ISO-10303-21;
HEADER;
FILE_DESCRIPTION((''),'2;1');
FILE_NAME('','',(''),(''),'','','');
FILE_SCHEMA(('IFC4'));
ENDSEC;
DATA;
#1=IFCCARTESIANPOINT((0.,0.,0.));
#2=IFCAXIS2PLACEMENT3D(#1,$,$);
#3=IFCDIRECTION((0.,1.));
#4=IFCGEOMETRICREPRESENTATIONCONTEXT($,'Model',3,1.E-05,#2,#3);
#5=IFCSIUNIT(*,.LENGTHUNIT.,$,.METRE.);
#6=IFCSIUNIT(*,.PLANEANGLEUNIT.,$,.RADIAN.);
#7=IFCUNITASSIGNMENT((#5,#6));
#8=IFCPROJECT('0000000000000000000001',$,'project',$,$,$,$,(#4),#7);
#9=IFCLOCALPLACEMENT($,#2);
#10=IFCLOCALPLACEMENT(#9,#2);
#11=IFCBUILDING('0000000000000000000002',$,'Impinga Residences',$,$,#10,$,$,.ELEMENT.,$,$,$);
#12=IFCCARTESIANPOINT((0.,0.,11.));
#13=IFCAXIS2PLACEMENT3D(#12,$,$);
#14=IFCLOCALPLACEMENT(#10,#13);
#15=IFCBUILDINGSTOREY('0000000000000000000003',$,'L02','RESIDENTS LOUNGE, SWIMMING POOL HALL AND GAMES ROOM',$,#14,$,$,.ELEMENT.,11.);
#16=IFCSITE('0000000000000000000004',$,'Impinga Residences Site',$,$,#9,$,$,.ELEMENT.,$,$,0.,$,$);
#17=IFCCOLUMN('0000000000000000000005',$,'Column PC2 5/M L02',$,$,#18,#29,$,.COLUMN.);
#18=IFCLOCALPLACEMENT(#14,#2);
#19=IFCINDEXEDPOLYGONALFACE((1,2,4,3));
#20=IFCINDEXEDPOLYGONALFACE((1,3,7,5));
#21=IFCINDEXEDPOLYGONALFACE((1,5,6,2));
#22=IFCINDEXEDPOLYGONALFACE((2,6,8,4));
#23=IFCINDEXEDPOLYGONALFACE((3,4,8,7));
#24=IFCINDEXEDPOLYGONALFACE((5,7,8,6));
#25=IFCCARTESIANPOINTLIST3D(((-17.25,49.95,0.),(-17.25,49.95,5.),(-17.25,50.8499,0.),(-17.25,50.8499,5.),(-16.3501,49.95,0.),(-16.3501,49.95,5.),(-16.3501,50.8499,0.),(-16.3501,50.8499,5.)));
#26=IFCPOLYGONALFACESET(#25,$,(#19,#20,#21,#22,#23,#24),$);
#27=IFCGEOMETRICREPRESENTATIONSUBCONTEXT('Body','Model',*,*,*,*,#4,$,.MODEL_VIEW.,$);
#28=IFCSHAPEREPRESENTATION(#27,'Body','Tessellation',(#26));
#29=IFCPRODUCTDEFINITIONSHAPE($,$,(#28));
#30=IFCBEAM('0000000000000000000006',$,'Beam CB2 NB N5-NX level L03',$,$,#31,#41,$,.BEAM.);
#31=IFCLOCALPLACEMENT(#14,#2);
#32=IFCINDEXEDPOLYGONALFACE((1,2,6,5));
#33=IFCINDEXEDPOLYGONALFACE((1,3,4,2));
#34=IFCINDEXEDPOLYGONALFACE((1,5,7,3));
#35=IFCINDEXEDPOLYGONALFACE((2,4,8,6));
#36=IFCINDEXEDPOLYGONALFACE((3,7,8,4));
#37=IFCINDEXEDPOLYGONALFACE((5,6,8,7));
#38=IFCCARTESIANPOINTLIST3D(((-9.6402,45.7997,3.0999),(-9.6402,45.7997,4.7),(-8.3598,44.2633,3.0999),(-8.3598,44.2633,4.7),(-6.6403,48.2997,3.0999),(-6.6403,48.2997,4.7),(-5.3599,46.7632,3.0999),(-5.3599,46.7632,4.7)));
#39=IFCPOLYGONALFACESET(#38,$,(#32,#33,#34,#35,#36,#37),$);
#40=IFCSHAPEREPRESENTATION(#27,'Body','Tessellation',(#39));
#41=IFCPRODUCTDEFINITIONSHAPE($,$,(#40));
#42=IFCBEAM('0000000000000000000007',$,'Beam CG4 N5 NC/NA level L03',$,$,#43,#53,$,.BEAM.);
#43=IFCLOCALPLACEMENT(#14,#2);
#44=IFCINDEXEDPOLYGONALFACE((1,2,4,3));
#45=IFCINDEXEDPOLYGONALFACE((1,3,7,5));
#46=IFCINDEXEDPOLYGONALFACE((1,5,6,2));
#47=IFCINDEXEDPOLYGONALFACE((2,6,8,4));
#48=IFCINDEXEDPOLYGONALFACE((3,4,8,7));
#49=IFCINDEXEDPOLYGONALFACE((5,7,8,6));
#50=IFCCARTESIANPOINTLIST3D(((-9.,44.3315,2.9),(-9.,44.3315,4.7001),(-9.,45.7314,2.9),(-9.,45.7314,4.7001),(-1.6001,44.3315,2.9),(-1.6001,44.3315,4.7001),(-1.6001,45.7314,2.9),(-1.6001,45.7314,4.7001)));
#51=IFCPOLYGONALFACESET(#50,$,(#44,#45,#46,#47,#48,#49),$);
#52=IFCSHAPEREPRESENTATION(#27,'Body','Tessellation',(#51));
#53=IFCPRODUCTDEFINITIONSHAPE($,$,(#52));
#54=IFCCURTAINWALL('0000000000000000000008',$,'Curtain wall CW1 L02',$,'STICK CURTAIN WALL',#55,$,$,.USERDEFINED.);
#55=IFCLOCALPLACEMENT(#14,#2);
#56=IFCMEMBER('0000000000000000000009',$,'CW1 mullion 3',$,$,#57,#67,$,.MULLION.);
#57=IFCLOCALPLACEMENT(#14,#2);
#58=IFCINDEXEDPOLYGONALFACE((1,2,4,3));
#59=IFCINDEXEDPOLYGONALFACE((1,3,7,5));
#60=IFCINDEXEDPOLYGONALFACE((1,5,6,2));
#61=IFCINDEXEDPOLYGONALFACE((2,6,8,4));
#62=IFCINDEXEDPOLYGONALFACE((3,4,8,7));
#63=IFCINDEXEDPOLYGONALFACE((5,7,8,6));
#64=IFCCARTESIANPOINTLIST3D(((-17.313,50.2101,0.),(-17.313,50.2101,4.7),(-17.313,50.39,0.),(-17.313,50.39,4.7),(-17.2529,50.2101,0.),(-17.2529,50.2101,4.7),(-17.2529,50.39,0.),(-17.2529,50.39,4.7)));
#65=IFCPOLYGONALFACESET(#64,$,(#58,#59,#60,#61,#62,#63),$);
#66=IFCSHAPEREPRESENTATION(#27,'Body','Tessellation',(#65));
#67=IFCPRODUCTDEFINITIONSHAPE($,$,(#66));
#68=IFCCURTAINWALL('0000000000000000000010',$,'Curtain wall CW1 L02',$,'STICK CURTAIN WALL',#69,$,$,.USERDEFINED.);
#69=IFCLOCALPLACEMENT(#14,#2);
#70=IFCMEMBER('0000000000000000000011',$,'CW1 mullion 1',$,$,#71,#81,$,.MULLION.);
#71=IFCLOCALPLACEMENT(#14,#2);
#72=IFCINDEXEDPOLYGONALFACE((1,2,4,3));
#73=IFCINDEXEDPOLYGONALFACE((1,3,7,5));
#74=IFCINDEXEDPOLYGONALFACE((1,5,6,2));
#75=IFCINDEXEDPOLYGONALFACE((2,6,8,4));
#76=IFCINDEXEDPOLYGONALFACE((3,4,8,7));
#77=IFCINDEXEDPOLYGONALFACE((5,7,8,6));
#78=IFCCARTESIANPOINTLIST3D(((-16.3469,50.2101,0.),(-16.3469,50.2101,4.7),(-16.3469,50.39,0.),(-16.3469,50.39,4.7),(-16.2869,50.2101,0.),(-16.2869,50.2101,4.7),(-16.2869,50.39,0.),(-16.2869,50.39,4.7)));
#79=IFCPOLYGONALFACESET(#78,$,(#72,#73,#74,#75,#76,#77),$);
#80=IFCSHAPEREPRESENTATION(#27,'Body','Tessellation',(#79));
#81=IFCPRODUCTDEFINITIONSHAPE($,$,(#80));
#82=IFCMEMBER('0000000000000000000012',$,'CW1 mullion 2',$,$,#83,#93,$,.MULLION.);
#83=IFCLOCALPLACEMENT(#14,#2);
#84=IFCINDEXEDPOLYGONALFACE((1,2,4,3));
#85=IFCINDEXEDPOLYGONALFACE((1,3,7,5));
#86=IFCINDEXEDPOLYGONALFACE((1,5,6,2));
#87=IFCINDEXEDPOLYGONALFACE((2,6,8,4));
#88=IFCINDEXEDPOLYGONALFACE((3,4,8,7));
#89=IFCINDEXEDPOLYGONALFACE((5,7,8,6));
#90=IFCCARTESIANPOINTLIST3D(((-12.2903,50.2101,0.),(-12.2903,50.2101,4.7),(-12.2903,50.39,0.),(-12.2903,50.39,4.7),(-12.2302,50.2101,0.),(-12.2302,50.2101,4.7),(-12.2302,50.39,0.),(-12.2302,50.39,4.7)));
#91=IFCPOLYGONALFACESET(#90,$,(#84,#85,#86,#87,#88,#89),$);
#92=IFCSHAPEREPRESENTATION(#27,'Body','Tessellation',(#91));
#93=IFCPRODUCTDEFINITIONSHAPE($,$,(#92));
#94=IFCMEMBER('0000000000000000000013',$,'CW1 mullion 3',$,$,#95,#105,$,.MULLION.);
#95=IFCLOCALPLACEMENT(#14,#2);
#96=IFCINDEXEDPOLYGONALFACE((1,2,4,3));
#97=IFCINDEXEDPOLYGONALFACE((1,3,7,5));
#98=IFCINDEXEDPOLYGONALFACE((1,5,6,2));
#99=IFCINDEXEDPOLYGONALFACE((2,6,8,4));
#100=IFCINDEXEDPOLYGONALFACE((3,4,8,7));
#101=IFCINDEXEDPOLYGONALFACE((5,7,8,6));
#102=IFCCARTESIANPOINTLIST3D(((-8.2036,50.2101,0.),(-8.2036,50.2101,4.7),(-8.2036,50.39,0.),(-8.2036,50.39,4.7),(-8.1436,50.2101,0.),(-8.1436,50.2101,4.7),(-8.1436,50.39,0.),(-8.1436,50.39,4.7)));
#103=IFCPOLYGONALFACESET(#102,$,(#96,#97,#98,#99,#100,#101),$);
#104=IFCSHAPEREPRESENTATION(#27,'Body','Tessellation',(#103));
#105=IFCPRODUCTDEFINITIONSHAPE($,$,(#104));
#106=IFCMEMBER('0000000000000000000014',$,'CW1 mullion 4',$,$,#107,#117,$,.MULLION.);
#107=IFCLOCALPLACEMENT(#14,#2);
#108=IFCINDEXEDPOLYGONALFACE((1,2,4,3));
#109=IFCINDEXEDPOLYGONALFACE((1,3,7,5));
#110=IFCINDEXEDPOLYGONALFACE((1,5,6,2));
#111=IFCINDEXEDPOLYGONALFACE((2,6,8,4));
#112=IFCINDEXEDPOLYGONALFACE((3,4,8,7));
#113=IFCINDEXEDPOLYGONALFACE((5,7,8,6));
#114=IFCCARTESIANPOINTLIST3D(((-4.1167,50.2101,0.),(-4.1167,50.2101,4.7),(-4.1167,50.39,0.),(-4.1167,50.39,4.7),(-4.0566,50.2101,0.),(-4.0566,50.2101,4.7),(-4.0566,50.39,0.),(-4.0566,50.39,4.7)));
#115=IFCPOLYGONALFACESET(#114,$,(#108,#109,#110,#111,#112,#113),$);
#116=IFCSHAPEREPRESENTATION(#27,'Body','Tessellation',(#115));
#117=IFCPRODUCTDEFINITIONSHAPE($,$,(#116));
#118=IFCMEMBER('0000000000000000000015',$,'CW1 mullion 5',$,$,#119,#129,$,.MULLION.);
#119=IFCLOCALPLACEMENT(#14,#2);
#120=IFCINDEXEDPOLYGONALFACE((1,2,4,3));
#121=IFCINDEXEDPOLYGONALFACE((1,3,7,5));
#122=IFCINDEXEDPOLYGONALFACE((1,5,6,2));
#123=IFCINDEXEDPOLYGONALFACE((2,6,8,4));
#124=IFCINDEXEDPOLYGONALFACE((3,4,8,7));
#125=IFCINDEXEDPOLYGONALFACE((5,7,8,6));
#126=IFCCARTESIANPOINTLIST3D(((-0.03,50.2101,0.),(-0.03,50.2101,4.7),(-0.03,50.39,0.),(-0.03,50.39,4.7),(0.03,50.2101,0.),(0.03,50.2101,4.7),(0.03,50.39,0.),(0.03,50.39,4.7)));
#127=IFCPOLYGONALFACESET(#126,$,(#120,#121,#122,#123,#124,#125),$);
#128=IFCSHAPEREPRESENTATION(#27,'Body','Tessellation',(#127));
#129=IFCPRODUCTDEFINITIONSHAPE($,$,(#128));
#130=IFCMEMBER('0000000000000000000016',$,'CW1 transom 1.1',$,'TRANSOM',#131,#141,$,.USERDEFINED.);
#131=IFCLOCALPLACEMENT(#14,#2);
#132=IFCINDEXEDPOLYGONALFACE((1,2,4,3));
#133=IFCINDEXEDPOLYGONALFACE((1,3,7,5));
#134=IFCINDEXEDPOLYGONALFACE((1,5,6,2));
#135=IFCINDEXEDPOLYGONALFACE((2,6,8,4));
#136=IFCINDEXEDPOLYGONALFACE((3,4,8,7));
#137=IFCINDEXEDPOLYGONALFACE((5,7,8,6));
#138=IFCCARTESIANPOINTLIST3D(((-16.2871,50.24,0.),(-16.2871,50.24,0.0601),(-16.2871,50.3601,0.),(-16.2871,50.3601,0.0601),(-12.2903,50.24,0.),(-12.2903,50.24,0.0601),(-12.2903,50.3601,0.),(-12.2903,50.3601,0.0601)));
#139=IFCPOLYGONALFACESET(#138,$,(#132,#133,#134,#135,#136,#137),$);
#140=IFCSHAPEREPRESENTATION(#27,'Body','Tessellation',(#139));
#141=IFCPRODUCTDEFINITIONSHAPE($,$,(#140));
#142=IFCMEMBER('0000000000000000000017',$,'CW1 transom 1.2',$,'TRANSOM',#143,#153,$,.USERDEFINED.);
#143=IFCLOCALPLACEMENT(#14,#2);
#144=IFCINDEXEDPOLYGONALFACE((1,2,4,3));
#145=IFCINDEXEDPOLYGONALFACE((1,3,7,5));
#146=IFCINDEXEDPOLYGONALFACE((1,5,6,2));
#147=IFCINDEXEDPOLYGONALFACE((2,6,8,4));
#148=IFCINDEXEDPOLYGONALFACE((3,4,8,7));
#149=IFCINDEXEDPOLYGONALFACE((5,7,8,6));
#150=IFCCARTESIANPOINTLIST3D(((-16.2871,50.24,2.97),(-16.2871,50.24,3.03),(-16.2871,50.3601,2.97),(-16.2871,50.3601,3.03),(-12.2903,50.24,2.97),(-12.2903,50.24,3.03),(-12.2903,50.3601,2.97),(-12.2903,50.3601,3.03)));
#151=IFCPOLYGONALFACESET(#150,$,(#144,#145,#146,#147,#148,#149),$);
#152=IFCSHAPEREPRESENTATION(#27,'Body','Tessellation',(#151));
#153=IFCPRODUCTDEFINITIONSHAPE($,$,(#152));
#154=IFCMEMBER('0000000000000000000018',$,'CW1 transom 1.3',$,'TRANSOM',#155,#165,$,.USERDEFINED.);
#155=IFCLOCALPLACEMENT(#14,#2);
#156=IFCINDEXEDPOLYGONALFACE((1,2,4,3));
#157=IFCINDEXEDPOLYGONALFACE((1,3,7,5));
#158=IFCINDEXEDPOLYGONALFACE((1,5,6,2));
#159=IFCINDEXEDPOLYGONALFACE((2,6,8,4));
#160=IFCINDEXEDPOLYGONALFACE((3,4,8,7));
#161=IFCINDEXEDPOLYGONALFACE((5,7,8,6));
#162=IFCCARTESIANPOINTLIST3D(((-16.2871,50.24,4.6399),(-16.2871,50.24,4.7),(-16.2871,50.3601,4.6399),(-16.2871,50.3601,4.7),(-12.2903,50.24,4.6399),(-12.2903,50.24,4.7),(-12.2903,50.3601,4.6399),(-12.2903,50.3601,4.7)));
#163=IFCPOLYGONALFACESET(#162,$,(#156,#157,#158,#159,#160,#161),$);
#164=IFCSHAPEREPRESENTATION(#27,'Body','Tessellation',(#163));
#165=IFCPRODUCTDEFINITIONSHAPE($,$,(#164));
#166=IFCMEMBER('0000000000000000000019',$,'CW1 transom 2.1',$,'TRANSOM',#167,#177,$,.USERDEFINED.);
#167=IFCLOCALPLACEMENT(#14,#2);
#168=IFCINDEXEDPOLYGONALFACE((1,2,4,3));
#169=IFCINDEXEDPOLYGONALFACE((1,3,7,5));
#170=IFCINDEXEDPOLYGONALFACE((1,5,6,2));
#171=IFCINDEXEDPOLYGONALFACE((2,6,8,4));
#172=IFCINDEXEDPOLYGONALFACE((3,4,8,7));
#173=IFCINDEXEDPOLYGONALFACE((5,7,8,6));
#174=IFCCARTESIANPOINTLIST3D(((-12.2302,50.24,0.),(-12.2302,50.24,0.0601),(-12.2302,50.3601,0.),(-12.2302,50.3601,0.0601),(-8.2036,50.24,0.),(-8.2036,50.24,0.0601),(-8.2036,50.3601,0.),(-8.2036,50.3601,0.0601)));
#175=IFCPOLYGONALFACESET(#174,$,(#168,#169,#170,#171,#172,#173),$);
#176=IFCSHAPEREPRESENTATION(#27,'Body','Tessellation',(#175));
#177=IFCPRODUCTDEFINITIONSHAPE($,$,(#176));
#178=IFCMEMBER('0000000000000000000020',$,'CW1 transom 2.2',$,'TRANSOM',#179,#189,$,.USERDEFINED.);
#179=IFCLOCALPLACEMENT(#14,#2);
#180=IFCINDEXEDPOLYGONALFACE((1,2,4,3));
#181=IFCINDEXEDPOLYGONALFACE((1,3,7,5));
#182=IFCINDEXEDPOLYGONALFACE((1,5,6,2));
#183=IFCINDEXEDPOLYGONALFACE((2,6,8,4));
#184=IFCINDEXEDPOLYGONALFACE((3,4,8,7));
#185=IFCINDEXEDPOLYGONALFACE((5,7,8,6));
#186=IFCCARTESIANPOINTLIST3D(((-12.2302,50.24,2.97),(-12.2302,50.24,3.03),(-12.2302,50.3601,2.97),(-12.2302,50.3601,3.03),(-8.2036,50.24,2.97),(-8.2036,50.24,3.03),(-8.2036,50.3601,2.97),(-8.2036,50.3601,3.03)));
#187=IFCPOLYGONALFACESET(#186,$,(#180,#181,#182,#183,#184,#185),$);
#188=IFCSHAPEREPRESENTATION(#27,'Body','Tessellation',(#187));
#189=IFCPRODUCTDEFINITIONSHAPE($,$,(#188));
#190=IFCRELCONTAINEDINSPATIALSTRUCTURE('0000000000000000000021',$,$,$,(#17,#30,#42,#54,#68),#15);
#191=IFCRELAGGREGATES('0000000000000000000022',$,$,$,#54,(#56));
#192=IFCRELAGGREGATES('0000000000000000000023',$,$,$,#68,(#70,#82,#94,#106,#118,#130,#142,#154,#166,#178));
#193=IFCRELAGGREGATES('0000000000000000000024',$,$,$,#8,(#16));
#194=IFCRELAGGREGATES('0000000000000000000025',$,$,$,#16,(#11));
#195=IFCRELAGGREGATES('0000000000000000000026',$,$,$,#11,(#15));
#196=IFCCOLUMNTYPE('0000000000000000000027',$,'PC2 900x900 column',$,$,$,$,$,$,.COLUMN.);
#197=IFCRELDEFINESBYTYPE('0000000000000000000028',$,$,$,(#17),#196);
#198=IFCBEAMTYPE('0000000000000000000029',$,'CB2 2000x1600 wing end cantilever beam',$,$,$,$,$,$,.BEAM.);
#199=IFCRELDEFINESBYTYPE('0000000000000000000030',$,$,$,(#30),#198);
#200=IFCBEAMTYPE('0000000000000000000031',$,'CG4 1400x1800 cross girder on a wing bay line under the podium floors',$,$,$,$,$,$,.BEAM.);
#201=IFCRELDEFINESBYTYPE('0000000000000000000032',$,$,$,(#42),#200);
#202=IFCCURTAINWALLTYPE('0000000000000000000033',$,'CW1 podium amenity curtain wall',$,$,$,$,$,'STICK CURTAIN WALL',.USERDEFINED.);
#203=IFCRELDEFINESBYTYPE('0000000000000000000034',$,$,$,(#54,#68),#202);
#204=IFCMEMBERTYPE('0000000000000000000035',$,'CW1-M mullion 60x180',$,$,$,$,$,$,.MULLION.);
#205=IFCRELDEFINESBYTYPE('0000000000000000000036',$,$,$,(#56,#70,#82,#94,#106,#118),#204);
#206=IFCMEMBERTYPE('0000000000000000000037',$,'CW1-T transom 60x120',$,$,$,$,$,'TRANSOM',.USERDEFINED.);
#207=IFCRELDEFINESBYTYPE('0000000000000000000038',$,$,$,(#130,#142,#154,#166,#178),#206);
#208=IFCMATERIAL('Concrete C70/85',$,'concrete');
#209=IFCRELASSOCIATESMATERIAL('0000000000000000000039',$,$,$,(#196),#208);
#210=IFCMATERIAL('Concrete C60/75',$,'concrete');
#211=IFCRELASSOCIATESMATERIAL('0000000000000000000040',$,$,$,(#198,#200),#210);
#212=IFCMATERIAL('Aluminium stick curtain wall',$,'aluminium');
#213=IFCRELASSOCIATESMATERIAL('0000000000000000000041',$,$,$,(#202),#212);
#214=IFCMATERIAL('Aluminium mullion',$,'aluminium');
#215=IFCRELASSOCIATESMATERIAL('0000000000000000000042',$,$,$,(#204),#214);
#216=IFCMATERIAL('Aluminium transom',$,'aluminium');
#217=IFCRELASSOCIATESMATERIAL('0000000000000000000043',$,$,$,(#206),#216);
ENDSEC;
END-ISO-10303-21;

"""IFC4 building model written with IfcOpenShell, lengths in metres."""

from ifc_helpers import new_model, si_unit, direction, frame, origin, origin_2d, place, context, subcontext, project, spatial, rectangle, extrude, material, material_profile, profile_set, type_object, element, aggregate, save


model = new_model("IFC4")

# Units and contexts
model_context = context("Model", 3, precision=1e-05, world=origin(), true_north=direction((0.0, 1.0)))
body_context = subcontext(model_context, "Body", "Model", "MODEL_VIEW")
ifc_project = project(units=[si_unit("LENGTHUNIT", "METRE"), si_unit("PLANEANGLEUNIT", "RADIAN")], contexts=[model_context])

# Site, building, storey
site_placement = place(None, origin())
site = spatial("IfcSite", under=ifc_project, at=site_placement, Name="Impinga Residences Site", CompositionType="ELEMENT", RefElevation=0.0)
building_placement = place(site_placement, origin())
building = spatial("IfcBuilding", under=site, at=building_placement, Name="Impinga Residences", CompositionType="ELEMENT")
storey_placement = place(building_placement, frame((0.0, 0.0, 11.0)))
storey = spatial("IfcBuildingStorey", under=building, at=storey_placement, Name="L02", Description="RESIDENTS LOUNGE, SWIMMING POOL HALL AND GAMES ROOM", CompositionType="ELEMENT", Elevation=11.0)

# Column
ifc_material_1 = material(Name="Concrete C70/85", Category="concrete")
ifc_material_profile_1 = material_profile(ifc_material_1, rectangle(XDim=0.8999, YDim=0.8999, at=origin_2d()), Name="RC 900x900")
ifc_profile_set_1 = profile_set([ifc_material_profile_1], Name="Concrete C70/85")
column_type = type_object("IfcColumnType", Name="PC2 900x900 column", PredefinedType="COLUMN", material=ifc_profile_set_1)
column_placement = place(storey_placement, frame((-16.8, 50.3999, 0.0), z_axis=(0.0, 0.0, 1.0), x_axis=(1.0, 0.0, 0.0)))
element("IfcColumn", 1, at=column_placement, inside=storey, type_object=column_type, Name="Column PC2 5/M L02", PredefinedType="COLUMN", context=body_context, shape_type="SweptSolid", body=[
    extrude(rectangle(XDim=0.8999, YDim=0.8999, at=origin_2d()), origin(), (0.0, 0.0, 1.0), 5.0),
])

# Beams
ifc_material_2 = material(Name="Concrete C60/75", Category="concrete")
ifc_material_profile_2 = material_profile(ifc_material_2, rectangle(XDim=2.0, YDim=1.6001, at=origin_2d()), Name="RC 2000x1600")
ifc_profile_set_2 = profile_set([ifc_material_profile_2], Name="Concrete C60/75")
beam_type_1 = type_object("IfcBeamType", Name="CB2 2000x1600 wing end cantilever beam", PredefinedType="BEAM", material=ifc_profile_set_2)
beam_1_placement = place(storey_placement, frame((-9.0, 45.0315, 3.8999), z_axis=(0.768221, 0.640184, 0.0), x_axis=(-0.640184, 0.768221, 0.0)))
element("IfcBeam", 2, at=beam_1_placement, inside=storey, type_object=beam_type_1, Name="Beam CB2 NB N5-NX level L03", PredefinedType="BEAM", context=body_context, shape_type="SweptSolid", body=[
    extrude(rectangle(XDim=2.0, YDim=1.6001, at=origin_2d()), origin(), (0.0, 0.0, 1.0), 3.905),
])
ifc_material_profile_3 = material_profile(ifc_material_2, rectangle(XDim=1.3999, YDim=1.8, at=origin_2d()), Name="RC 1400x1800")
ifc_profile_set_3 = profile_set([ifc_material_profile_3], Name="Concrete C60/75")
beam_type_2 = type_object("IfcBeamType", Name="CG4 1400x1800 cross girder on a wing bay line under the podium floors", PredefinedType="BEAM", material=ifc_profile_set_3)
beam_2_placement = place(storey_placement, frame((-1.6001, 45.0315, 3.8), z_axis=(-1.0, 0.0, 0.0), x_axis=(0.0, -1.0, 0.0)))
element("IfcBeam", 3, at=beam_2_placement, inside=storey, type_object=beam_type_2, Name="Beam CG4 N5 NC/NA level L03", PredefinedType="BEAM", context=body_context, shape_type="SweptSolid", body=[
    extrude(rectangle(XDim=1.3999, YDim=1.8, at=origin_2d()), origin(), (0.0, 0.0, 1.0), 7.3999),
])

# Curtain wall, member
ifc_material_3 = material(Name="Aluminium stick curtain wall", Category="aluminium")
curtain_wall_type = type_object("IfcCurtainWallType", Name="CW1 podium amenity curtain wall", ElementType="STICK CURTAIN WALL", PredefinedType="USERDEFINED", material=ifc_material_3)
curtain_wall_1_placement = place(storey_placement, origin())
curtain_wall_1 = element("IfcCurtainWall", 4, at=curtain_wall_1_placement, inside=storey, type_object=curtain_wall_type, Name="Curtain wall CW1 L02", ObjectType="STICK CURTAIN WALL", PredefinedType="USERDEFINED")
ifc_material_4 = material(Name="Aluminium mullion", Category="aluminium")
ifc_material_profile_4 = material_profile(ifc_material_4, rectangle(XDim=0.0601, YDim=0.1799, at=origin_2d()), Name="60x180 mullion")
ifc_profile_set_4 = profile_set([ifc_material_profile_4], Name="Aluminium mullion")
member_type_1 = type_object("IfcMemberType", Name="CW1-M mullion 60x180", PredefinedType="MULLION", material=ifc_profile_set_4)
member_1_placement = place(storey_placement, frame((-17.283, 50.3, 0.0), z_axis=(0.0, 0.0, 1.0), x_axis=(1.0, 0.0, 0.0)))
member_1 = element("IfcMember", 5, at=member_1_placement, type_object=member_type_1, Name="CW1 mullion 3", PredefinedType="MULLION", context=body_context, shape_type="SweptSolid", body=[
    extrude(rectangle(XDim=0.0601, YDim=0.1799, at=origin_2d()), origin(), (0.0, 0.0, 1.0), 4.7),
])
aggregate(curtain_wall_1, [member_1])

# Curtain wall, members
curtain_wall_2_placement = place(storey_placement, origin())
curtain_wall_2 = element("IfcCurtainWall", 6, at=curtain_wall_2_placement, inside=storey, type_object=curtain_wall_type, Name="Curtain wall CW1 L02", ObjectType="STICK CURTAIN WALL", PredefinedType="USERDEFINED")
member_2_placement = place(storey_placement, frame((-16.3169, 50.3, 0.0), z_axis=(0.0, 0.0, 1.0), x_axis=(1.0, 0.0, 0.0)))
member_2 = element("IfcMember", 7, at=member_2_placement, type_object=member_type_1, Name="CW1 mullion 1", PredefinedType="MULLION", context=body_context, shape_type="SweptSolid", body=[
    extrude(rectangle(XDim=0.0601, YDim=0.1799, at=origin_2d()), origin(), (0.0, 0.0, 1.0), 4.7),
])
member_3_placement = place(storey_placement, frame((-12.2603, 50.3, 0.0), z_axis=(0.0, 0.0, 1.0), x_axis=(1.0, 0.0, 0.0)))
member_3 = element("IfcMember", 8, at=member_3_placement, type_object=member_type_1, Name="CW1 mullion 2", PredefinedType="MULLION", context=body_context, shape_type="SweptSolid", body=[
    extrude(rectangle(XDim=0.0601, YDim=0.1799, at=origin_2d()), origin(), (0.0, 0.0, 1.0), 4.7),
])
member_4_placement = place(storey_placement, frame((-8.1736, 50.3, 0.0), z_axis=(0.0, 0.0, 1.0), x_axis=(1.0, 0.0, 0.0)))
member_4 = element("IfcMember", 9, at=member_4_placement, type_object=member_type_1, Name="CW1 mullion 3", PredefinedType="MULLION", context=body_context, shape_type="SweptSolid", body=[
    extrude(rectangle(XDim=0.0601, YDim=0.1799, at=origin_2d()), origin(), (0.0, 0.0, 1.0), 4.7),
])
member_5_placement = place(storey_placement, frame((-4.0867, 50.3, 0.0), z_axis=(0.0, 0.0, 1.0), x_axis=(1.0, 0.0, 0.0)))
member_5 = element("IfcMember", 10, at=member_5_placement, type_object=member_type_1, Name="CW1 mullion 4", PredefinedType="MULLION", context=body_context, shape_type="SweptSolid", body=[
    extrude(rectangle(XDim=0.0601, YDim=0.1799, at=origin_2d()), origin(), (0.0, 0.0, 1.0), 4.7),
])
member_6_placement = place(storey_placement, frame((0.0, 50.3, 0.0), z_axis=(0.0, 0.0, 1.0), x_axis=(1.0, 0.0, 0.0)))
member_6 = element("IfcMember", 11, at=member_6_placement, type_object=member_type_1, Name="CW1 mullion 5", PredefinedType="MULLION", context=body_context, shape_type="SweptSolid", body=[
    extrude(rectangle(XDim=0.0601, YDim=0.1799, at=origin_2d()), origin(), (0.0, 0.0, 1.0), 4.7),
])
ifc_material_5 = material(Name="Aluminium transom", Category="aluminium")
ifc_material_profile_5 = material_profile(ifc_material_5, rectangle(XDim=0.0601, YDim=0.1201, at=origin_2d()), Name="60x120 transom")
ifc_profile_set_5 = profile_set([ifc_material_profile_5], Name="Aluminium transom")
member_type_2 = type_object("IfcMemberType", Name="CW1-T transom 60x120", ElementType="TRANSOM", PredefinedType="USERDEFINED", material=ifc_profile_set_5)
member_7_placement = place(storey_placement, frame((-16.2871, 50.3, 0.03), z_axis=(1.0, 0.0, 0.0), x_axis=(0.0, 0.0, 1.0)))
member_7 = element("IfcMember", 12, at=member_7_placement, type_object=member_type_2, Name="CW1 transom 1.1", ObjectType="TRANSOM", PredefinedType="USERDEFINED", context=body_context, shape_type="SweptSolid", body=[
    extrude(rectangle(XDim=0.0601, YDim=0.1201, at=origin_2d()), origin(), (0.0, 0.0, 1.0), 3.9968),
])
member_8_placement = place(storey_placement, frame((-16.2871, 50.3, 3.0), z_axis=(1.0, 0.0, 0.0), x_axis=(0.0, 0.0, 1.0)))
member_8 = element("IfcMember", 13, at=member_8_placement, type_object=member_type_2, Name="CW1 transom 1.2", ObjectType="TRANSOM", PredefinedType="USERDEFINED", context=body_context, shape_type="SweptSolid", body=[
    extrude(rectangle(XDim=0.0601, YDim=0.1201, at=origin_2d()), origin(), (0.0, 0.0, 1.0), 3.9968),
])
member_9_placement = place(storey_placement, frame((-16.2871, 50.3, 4.6699), z_axis=(1.0, 0.0, 0.0), x_axis=(0.0, 0.0, 1.0)))
member_9 = element("IfcMember", 14, at=member_9_placement, type_object=member_type_2, Name="CW1 transom 1.3", ObjectType="TRANSOM", PredefinedType="USERDEFINED", context=body_context, shape_type="SweptSolid", body=[
    extrude(rectangle(XDim=0.0601, YDim=0.1201, at=origin_2d()), origin(), (0.0, 0.0, 1.0), 3.9968),
])
member_10_placement = place(storey_placement, frame((-12.2302, 50.3, 0.03), z_axis=(1.0, 0.0, 0.0), x_axis=(0.0, 0.0, 1.0)))
member_10 = element("IfcMember", 15, at=member_10_placement, type_object=member_type_2, Name="CW1 transom 2.1", ObjectType="TRANSOM", PredefinedType="USERDEFINED", context=body_context, shape_type="SweptSolid", body=[
    extrude(rectangle(XDim=0.0601, YDim=0.1201, at=origin_2d()), origin(), (0.0, 0.0, 1.0), 4.0266),
])
member_11_placement = place(storey_placement, frame((-12.2302, 50.3, 3.0), z_axis=(1.0, 0.0, 0.0), x_axis=(0.0, 0.0, 1.0)))
member_11 = element("IfcMember", 16, at=member_11_placement, type_object=member_type_2, Name="CW1 transom 2.2", ObjectType="TRANSOM", PredefinedType="USERDEFINED", context=body_context, shape_type="SweptSolid", body=[
    extrude(rectangle(XDim=0.0601, YDim=0.1201, at=origin_2d()), origin(), (0.0, 0.0, 1.0), 4.0266),
])

aggregate(curtain_wall_2, [member_2, member_3, member_4, member_5, member_6, member_7, member_8, member_9, member_10, member_11])

save(model, "model.ifc")
